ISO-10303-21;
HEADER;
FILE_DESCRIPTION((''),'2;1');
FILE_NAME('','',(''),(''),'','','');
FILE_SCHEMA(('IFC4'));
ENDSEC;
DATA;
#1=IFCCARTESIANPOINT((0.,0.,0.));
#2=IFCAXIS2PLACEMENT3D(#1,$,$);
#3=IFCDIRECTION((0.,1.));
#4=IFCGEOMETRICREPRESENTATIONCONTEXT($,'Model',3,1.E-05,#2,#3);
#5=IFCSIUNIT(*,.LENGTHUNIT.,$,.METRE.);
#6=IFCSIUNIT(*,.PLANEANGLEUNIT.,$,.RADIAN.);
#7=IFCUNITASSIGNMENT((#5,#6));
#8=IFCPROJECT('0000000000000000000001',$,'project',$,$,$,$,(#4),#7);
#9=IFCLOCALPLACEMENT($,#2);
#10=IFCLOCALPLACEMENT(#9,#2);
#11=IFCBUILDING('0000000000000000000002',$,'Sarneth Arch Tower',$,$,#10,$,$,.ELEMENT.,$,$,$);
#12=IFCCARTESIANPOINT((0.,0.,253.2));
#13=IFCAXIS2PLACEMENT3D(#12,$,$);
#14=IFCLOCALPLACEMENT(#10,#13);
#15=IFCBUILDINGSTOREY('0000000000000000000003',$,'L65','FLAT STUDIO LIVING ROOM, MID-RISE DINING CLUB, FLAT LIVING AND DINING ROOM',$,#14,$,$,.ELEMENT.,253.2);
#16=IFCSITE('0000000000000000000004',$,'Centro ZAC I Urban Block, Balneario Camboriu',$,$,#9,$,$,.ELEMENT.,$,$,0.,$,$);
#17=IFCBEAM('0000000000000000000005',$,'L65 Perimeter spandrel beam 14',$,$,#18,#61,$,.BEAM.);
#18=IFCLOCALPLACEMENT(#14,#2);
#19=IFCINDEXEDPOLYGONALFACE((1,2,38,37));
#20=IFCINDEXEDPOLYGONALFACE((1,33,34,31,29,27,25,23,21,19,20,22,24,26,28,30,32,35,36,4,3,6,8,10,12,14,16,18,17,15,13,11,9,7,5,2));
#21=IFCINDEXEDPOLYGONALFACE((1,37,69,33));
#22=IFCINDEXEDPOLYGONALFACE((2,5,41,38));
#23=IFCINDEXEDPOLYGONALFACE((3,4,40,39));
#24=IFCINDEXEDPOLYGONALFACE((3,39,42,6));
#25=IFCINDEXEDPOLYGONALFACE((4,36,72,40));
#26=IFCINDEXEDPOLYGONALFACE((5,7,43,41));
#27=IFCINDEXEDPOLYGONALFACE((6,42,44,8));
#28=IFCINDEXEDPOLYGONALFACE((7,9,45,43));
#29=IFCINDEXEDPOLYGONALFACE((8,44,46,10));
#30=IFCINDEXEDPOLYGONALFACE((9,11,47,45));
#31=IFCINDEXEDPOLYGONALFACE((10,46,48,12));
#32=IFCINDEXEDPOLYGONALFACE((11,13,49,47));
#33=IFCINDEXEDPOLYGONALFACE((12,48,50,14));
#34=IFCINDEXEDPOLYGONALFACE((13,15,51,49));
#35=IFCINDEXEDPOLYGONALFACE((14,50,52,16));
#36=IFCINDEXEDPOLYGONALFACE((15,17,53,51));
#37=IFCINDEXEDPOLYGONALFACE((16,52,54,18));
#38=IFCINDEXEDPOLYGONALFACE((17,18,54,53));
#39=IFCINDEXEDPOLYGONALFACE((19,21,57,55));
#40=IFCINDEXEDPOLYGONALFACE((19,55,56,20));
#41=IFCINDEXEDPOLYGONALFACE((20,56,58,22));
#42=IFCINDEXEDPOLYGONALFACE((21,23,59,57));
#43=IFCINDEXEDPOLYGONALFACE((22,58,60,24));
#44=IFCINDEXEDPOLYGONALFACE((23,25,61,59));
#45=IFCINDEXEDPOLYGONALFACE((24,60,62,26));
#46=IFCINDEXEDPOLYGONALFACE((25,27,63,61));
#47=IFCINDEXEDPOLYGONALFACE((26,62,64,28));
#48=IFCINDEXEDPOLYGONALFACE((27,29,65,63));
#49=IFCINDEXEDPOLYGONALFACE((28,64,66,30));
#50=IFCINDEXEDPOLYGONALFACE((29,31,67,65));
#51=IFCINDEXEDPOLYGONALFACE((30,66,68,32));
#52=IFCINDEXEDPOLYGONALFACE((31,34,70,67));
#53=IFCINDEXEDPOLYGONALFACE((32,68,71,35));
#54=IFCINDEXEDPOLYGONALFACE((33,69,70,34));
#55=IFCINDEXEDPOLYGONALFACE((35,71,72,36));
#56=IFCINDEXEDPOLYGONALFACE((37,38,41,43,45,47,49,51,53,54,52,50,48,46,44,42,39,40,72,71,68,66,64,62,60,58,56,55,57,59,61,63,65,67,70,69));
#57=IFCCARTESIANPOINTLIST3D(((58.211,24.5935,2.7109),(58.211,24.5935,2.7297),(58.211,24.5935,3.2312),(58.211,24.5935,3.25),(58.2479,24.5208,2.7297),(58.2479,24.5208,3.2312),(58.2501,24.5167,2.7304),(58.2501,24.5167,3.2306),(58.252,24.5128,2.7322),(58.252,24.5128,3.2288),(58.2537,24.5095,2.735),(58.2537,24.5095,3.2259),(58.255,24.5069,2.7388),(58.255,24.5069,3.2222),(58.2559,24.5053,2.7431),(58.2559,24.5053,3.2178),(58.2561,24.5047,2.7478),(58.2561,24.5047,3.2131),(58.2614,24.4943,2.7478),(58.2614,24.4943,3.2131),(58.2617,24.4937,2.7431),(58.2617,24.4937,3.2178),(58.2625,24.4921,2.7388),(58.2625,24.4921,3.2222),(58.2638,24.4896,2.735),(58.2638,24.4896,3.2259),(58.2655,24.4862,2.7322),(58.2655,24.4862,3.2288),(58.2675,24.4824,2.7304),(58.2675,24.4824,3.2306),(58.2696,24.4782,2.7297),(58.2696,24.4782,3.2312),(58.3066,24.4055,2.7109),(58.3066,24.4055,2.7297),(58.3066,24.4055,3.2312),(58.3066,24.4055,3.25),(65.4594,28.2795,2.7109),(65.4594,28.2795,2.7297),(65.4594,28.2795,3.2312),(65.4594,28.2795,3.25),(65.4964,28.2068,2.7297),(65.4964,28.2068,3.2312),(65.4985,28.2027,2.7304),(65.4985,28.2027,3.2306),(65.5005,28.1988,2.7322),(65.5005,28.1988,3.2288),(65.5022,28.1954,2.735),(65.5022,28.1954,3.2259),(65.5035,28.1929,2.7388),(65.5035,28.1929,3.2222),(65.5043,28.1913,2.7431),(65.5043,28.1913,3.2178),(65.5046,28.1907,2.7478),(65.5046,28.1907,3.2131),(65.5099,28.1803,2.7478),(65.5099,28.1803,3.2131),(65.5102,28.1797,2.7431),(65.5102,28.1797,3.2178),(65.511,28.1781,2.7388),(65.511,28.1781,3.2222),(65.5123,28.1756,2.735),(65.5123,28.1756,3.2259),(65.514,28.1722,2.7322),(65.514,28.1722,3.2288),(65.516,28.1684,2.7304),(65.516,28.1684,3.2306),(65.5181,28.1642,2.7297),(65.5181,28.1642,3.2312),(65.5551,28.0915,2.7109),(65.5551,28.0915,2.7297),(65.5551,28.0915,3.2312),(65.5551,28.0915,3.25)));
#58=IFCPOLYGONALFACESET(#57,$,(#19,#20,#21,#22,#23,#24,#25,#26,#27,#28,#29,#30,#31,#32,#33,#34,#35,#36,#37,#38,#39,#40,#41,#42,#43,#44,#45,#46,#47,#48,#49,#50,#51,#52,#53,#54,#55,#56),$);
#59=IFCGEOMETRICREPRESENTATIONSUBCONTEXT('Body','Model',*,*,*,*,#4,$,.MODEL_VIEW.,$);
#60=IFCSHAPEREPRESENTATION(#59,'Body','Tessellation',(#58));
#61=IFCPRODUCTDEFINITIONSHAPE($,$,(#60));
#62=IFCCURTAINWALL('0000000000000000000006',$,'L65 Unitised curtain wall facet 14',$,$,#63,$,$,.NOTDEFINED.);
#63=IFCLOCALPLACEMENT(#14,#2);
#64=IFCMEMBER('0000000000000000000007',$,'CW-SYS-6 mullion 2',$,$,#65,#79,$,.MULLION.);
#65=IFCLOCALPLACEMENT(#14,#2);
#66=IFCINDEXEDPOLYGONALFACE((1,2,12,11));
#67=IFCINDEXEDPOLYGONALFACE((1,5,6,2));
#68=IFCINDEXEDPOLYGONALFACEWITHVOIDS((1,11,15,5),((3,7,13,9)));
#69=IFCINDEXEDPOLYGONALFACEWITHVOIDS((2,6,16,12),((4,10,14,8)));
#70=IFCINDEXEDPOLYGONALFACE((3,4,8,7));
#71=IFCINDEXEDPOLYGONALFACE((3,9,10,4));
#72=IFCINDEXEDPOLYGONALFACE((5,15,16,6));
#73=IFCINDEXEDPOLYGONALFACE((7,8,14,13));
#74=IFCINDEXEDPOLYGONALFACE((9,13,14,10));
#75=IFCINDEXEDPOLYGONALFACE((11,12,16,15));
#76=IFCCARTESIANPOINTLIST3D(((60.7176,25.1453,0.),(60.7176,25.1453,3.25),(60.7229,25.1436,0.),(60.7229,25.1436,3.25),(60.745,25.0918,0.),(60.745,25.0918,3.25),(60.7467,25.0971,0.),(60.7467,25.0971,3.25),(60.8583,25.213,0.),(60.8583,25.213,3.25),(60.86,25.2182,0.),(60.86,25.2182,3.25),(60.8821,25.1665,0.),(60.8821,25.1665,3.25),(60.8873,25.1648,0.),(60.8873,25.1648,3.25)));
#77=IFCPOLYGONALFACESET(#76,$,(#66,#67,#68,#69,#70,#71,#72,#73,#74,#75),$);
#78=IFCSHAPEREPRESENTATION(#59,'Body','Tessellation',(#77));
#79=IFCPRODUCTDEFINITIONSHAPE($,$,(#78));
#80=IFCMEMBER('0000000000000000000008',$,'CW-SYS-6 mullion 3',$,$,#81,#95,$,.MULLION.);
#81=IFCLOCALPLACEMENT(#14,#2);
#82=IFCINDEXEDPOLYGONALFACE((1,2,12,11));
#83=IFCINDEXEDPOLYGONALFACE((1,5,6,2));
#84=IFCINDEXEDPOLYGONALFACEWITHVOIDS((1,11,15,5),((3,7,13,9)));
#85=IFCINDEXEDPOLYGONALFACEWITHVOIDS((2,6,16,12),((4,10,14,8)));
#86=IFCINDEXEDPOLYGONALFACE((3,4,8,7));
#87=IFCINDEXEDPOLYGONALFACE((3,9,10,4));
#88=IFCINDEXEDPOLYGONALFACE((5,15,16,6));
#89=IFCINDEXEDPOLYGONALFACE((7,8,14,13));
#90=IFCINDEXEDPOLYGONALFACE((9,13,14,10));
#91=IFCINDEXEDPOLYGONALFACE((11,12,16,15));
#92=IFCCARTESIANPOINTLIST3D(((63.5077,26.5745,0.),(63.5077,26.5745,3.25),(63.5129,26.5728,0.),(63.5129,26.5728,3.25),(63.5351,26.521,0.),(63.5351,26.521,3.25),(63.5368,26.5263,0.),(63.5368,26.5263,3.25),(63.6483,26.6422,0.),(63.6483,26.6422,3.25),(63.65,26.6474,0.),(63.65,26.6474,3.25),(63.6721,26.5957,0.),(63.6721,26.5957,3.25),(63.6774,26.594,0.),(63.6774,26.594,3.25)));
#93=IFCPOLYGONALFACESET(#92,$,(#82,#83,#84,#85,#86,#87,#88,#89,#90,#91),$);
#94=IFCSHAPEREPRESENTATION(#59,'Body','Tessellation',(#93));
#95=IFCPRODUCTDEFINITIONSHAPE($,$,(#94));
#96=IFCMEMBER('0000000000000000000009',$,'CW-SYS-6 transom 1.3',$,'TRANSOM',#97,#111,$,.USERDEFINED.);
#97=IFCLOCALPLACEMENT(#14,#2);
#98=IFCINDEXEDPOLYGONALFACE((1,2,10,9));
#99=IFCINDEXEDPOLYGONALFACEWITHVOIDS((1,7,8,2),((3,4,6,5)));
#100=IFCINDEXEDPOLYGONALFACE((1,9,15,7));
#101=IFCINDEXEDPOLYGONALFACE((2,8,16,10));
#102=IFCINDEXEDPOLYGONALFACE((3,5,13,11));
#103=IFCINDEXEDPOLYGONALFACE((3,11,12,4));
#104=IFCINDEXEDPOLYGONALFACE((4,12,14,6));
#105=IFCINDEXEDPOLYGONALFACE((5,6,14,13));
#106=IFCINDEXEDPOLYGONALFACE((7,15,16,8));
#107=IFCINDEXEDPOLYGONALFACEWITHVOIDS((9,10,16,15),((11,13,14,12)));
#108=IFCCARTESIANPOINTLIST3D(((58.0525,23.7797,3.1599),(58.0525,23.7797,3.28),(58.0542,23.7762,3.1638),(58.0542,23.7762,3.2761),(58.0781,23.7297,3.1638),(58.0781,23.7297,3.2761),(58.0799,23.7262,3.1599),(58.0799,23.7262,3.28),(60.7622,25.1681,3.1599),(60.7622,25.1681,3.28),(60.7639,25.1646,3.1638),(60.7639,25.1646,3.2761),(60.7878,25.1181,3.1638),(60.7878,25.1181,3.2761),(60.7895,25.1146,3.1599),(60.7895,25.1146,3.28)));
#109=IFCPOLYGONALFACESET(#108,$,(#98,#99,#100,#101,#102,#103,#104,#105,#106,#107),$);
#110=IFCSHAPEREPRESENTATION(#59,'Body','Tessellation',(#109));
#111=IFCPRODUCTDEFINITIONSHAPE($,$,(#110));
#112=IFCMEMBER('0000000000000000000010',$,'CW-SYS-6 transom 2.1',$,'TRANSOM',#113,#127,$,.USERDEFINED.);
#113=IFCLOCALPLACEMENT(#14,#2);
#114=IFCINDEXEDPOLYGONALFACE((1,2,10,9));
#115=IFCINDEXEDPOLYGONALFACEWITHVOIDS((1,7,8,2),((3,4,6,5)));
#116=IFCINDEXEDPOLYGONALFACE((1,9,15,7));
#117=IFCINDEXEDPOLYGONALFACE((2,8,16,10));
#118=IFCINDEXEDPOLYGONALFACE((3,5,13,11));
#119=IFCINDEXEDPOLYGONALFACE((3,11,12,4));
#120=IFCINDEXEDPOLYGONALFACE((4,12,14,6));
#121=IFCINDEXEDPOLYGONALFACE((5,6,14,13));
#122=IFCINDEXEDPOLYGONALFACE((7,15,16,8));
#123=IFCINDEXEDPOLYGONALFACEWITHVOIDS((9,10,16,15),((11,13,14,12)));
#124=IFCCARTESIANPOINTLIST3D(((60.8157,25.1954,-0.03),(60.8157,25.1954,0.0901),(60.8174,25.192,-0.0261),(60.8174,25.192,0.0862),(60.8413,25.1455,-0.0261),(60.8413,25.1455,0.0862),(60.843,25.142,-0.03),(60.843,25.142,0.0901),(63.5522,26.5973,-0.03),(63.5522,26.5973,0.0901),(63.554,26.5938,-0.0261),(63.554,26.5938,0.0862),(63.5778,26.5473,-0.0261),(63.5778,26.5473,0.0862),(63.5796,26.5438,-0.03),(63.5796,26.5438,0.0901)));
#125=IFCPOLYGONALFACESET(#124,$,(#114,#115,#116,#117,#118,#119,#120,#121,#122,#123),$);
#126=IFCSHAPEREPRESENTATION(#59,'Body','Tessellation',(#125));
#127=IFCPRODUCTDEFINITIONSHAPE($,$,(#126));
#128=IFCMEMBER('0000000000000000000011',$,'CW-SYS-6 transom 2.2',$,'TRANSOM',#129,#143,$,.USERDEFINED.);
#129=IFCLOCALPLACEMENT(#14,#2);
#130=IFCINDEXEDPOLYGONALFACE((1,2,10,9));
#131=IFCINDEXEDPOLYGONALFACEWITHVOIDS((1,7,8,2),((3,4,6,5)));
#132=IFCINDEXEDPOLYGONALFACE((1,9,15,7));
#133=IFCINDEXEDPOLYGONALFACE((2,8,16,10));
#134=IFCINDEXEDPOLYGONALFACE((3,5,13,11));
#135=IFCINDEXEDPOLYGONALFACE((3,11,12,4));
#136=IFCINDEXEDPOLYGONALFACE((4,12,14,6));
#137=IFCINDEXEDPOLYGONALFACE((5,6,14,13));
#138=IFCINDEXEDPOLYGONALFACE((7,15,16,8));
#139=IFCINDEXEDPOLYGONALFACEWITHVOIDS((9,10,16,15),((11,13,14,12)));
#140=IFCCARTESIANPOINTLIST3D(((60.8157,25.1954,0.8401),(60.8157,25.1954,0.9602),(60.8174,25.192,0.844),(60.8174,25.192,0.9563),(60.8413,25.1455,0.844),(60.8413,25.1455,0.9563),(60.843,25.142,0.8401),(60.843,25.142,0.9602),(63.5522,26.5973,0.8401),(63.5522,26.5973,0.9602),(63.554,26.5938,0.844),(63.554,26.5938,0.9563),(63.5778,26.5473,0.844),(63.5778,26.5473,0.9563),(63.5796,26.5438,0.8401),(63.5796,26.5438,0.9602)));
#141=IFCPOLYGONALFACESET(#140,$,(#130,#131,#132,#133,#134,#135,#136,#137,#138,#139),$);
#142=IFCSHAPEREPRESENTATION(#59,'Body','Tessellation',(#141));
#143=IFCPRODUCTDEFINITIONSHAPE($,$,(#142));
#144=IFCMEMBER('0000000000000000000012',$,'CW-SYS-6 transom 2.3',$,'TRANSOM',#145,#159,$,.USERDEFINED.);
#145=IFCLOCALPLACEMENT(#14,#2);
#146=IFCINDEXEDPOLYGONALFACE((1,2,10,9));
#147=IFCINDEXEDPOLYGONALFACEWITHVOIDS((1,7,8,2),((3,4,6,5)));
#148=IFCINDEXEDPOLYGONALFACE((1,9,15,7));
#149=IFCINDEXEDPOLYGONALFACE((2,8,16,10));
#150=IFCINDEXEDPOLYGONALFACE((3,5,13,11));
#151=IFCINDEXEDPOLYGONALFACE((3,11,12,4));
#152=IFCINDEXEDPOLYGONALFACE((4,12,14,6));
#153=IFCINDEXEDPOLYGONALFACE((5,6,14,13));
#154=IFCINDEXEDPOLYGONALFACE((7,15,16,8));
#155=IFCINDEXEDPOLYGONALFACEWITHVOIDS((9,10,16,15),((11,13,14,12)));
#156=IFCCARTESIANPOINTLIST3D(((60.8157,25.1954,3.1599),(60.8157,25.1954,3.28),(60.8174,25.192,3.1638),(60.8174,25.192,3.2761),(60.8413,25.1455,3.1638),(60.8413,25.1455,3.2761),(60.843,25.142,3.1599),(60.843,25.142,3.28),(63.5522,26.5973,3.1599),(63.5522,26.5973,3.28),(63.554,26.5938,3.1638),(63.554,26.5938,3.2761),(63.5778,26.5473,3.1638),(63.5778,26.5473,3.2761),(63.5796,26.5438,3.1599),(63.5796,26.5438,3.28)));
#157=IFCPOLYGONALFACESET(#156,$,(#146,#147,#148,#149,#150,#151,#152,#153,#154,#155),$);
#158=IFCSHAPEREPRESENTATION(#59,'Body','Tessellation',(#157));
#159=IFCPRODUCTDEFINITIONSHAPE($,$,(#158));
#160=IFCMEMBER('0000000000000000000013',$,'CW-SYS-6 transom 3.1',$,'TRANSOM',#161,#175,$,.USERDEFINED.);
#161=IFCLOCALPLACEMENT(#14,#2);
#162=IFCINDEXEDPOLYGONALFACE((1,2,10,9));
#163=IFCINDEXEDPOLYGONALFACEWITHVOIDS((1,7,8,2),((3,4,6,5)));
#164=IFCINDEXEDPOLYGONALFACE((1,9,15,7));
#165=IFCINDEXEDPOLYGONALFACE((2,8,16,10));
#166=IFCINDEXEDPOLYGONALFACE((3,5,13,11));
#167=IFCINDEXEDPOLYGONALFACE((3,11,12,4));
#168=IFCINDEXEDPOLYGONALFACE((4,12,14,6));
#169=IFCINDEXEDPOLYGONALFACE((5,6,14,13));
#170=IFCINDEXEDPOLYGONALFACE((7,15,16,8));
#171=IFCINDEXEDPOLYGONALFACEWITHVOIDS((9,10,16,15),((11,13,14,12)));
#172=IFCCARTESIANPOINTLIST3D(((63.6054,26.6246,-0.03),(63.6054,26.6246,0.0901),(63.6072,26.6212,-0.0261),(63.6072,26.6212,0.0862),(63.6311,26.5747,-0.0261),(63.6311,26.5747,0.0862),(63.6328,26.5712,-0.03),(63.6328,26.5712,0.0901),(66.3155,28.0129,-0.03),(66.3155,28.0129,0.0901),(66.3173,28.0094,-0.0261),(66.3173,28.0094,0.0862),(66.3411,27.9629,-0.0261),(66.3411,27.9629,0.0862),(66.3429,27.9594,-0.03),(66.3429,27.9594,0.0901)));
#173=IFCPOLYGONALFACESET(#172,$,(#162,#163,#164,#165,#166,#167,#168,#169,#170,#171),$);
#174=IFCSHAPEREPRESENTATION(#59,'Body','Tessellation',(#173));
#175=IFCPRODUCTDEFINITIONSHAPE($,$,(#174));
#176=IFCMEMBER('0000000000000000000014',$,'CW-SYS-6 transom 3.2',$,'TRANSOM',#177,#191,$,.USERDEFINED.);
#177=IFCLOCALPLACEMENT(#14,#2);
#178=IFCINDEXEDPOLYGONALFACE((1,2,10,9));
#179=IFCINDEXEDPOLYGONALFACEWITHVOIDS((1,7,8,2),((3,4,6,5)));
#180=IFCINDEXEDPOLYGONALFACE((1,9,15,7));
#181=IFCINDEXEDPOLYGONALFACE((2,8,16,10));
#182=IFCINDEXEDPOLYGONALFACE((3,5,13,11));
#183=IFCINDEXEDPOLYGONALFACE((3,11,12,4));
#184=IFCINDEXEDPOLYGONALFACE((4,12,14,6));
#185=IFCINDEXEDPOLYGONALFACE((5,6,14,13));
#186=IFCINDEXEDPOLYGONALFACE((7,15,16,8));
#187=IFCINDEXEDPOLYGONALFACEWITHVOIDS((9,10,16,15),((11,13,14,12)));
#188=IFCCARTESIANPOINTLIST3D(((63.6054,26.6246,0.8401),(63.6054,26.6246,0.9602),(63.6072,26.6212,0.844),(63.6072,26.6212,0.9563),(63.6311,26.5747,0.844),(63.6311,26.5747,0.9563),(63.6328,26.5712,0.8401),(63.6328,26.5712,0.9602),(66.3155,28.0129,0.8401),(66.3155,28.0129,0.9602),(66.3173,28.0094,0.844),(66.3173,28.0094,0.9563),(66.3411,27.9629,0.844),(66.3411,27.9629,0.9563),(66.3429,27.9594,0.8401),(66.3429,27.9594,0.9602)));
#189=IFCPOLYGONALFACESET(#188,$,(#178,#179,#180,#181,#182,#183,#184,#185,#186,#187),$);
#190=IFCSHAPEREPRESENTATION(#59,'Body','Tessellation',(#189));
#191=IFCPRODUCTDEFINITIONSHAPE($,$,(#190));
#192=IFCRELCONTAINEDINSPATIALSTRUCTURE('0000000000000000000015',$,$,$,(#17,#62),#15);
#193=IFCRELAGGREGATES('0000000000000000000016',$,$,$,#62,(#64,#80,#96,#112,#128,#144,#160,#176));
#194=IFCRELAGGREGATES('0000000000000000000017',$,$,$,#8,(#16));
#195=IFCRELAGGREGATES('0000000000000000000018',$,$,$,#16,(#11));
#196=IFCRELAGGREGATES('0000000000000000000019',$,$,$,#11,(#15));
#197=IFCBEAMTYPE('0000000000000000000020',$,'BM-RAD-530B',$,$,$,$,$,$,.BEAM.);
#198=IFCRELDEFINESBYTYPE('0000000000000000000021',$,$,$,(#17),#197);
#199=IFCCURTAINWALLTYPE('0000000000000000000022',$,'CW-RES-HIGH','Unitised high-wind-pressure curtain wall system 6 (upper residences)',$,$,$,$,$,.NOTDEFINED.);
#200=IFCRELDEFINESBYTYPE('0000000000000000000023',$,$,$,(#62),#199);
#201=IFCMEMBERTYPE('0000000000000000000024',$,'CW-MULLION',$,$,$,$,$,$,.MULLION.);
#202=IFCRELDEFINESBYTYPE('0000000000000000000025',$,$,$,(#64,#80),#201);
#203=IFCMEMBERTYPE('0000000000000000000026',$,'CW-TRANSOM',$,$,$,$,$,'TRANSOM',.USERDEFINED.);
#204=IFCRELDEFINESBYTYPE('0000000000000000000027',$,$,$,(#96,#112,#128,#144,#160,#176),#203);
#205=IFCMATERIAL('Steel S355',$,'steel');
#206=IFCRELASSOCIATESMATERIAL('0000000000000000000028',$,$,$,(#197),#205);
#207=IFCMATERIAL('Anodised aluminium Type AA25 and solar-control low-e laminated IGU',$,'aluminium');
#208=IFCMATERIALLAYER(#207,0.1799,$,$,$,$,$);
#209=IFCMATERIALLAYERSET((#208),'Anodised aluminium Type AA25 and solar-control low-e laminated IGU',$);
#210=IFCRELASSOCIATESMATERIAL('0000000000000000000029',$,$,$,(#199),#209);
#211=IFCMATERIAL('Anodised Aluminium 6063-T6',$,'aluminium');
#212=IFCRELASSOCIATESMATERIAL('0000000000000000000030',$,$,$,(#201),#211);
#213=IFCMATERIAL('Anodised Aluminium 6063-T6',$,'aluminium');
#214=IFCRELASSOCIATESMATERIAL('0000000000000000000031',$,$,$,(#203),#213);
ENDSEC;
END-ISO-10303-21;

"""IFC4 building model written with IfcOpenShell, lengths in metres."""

from ifc_helpers import new_model, si_unit, direction, frame, origin, origin_2d, place, context, subcontext, project, spatial, hollow_rectangle, i_section, extrude, material, layer, layer_set, material_profile, profile_set, type_object, element, aggregate, save


model = new_model("IFC4")

# Units and contexts
model_context = context("Model", 3, precision=1e-05, world=origin(), true_north=direction((0.0, 1.0)))
body_context = subcontext(model_context, "Body", "Model", "MODEL_VIEW")
ifc_project = project(units=[si_unit("LENGTHUNIT", "METRE"), si_unit("PLANEANGLEUNIT", "RADIAN")], contexts=[model_context])

# Site, building, storey
site_placement = place(None, origin())
site = spatial("IfcSite", under=ifc_project, at=site_placement, Name="Centro ZAC I Urban Block, Balneario Camboriu", CompositionType="ELEMENT", RefElevation=0.0)
building_placement = place(site_placement, origin())
building = spatial("IfcBuilding", under=site, at=building_placement, Name="Sarneth Arch Tower", CompositionType="ELEMENT")
storey_placement = place(building_placement, frame((0.0, 0.0, 253.2)))
storey = spatial("IfcBuildingStorey", under=building, at=storey_placement, Name="L65", Description="FLAT STUDIO LIVING ROOM, MID-RISE DINING CLUB, FLAT LIVING AND DINING ROOM", CompositionType="ELEMENT", Elevation=253.2)

# Beam
ifc_material_1 = material(Name="Steel S355", Category="steel")
ifc_material_profile_1 = material_profile(ifc_material_1, i_section(OverallWidth=0.2109, OverallDepth=0.5391, WebThickness=0.0117, FlangeThickness=0.0188, FilletRadius=0.0181, at=origin_2d()), Name="W530x109")
ifc_profile_set_1 = profile_set([ifc_material_profile_1], Name="Steel S355")
beam_type = type_object("IfcBeamType", Name="BM-RAD-530B", PredefinedType="BEAM", material=ifc_profile_set_1)
beam_placement = place(storey_placement, frame((58.2588, 24.4995, 2.9805), z_axis=(0.891368, 0.45328, 0.0), x_axis=(-0.45328, 0.891368, 0.0)))
element("IfcBeam", 1, at=beam_placement, inside=storey, type_object=beam_type, Name="L65 Perimeter spandrel beam 14", PredefinedType="BEAM", context=body_context, shape_type="SweptSolid", body=[
    extrude(i_section(OverallWidth=0.2109, OverallDepth=0.5391, WebThickness=0.0117, FlangeThickness=0.0188, FilletRadius=0.0181, at=origin_2d()), origin(), (0.0, 0.0, 1.0), 8.1318),
])

# Curtain wall, members
ifc_material_2 = material(Name="Anodised aluminium Type AA25 and solar-control low-e laminated IGU", Category="aluminium")
ifc_layer_1 = layer(ifc_material_2, 0.1799)
ifc_layer_set_1 = layer_set([ifc_layer_1], Name="Anodised aluminium Type AA25 and solar-control low-e laminated IGU")
curtain_wall_type = type_object("IfcCurtainWallType", Name="CW-RES-HIGH", Description="Unitised high-wind-pressure curtain wall system 6 (upper residences)", PredefinedType="NOTDEFINED", material=ifc_layer_set_1)
curtain_wall_placement = place(storey_placement, origin())
curtain_wall = element("IfcCurtainWall", 2, at=curtain_wall_placement, inside=storey, type_object=curtain_wall_type, Name="L65 Unitised curtain wall facet 14", PredefinedType="NOTDEFINED")
ifc_material_3 = material(Name="Anodised Aluminium 6063-T6", Category="aluminium")
ifc_material_profile_2 = material_profile(ifc_material_3, hollow_rectangle(XDim=0.0601, YDim=0.1599, WallThickness=0.0039, at=origin_2d()), Name="AL-MULL-160x60x4")
ifc_profile_set_2 = profile_set([ifc_material_profile_2], Name="Anodised Aluminium 6063-T6")
member_type_1 = type_object("IfcMemberType", Name="CW-MULLION", PredefinedType="MULLION", material=ifc_profile_set_2)
member_1_placement = place(storey_placement, frame((60.8025, 25.155, 0.0), z_axis=(0.0, 0.0, 1.0), x_axis=(-0.455942, 0.89001, 0.0)))
member_1 = element("IfcMember", 3, at=member_1_placement, type_object=member_type_1, Name="CW-SYS-6 mullion 2", PredefinedType="MULLION", context=body_context, shape_type="SweptSolid", body=[
    extrude(hollow_rectangle(XDim=0.0601, YDim=0.1599, WallThickness=0.0039, at=origin_2d()), origin(), (0.0, 0.0, 1.0), 3.25),
])
member_2_placement = place(storey_placement, frame((63.5925, 26.5842, 0.0), z_axis=(0.0, 0.0, 1.0), x_axis=(-0.455942, 0.89001, 0.0)))
member_2 = element("IfcMember", 4, at=member_2_placement, type_object=member_type_1, Name="CW-SYS-6 mullion 3", PredefinedType="MULLION", context=body_context, shape_type="SweptSolid", body=[
    extrude(hollow_rectangle(XDim=0.0601, YDim=0.1599, WallThickness=0.0039, at=origin_2d()), origin(), (0.0, 0.0, 1.0), 3.25),
])
ifc_material_4 = material(Name="Anodised Aluminium 6063-T6", Category="aluminium")
ifc_material_profile_3 = material_profile(ifc_material_4, hollow_rectangle(XDim=0.0601, YDim=0.1201, WallThickness=0.0039, at=origin_2d()), Name="AL-TRAN-120x60x4")
ifc_profile_set_3 = profile_set([ifc_material_profile_3], Name="Anodised Aluminium 6063-T6")
member_type_2 = type_object("IfcMemberType", Name="CW-TRANSOM", ElementType="TRANSOM", PredefinedType="USERDEFINED", material=ifc_profile_set_3)
member_3_placement = place(storey_placement, frame((58.0662, 23.7529, 3.22), z_axis=(0.889974, 0.456012, 0.0), x_axis=(-0.456012, 0.889974, 0.0)))
member_3 = element("IfcMember", 5, at=member_3_placement, type_object=member_type_2, Name="CW-SYS-6 transom 1.3", ObjectType="TRANSOM", PredefinedType="USERDEFINED", context=body_context, shape_type="SweptSolid", body=[
    extrude(hollow_rectangle(XDim=0.0601, YDim=0.1201, WallThickness=0.0039, at=origin_2d()), origin(), (0.0, 0.0, 1.0), 3.0447),
])
member_4_placement = place(storey_placement, frame((60.8293, 25.1687, 0.03), z_axis=(0.890017, 0.455926, 0.0), x_axis=(-0.455926, 0.890017, 0.0)))
member_4 = element("IfcMember", 6, at=member_4_placement, type_object=member_type_2, Name="CW-SYS-6 transom 2.1", ObjectType="TRANSOM", PredefinedType="USERDEFINED", context=body_context, shape_type="SweptSolid", body=[
    extrude(hollow_rectangle(XDim=0.0601, YDim=0.1201, WallThickness=0.0039, at=origin_2d()), origin(), (0.0, 0.0, 1.0), 3.0747),
])
member_5_placement = place(storey_placement, frame((60.8293, 25.1687, 0.9001), z_axis=(0.890017, 0.455926, 0.0), x_axis=(-0.455926, 0.890017, 0.0)))
member_5 = element("IfcMember", 7, at=member_5_placement, type_object=member_type_2, Name="CW-SYS-6 transom 2.2", ObjectType="TRANSOM", PredefinedType="USERDEFINED", context=body_context, shape_type="SweptSolid", body=[
    extrude(hollow_rectangle(XDim=0.0601, YDim=0.1201, WallThickness=0.0039, at=origin_2d()), origin(), (0.0, 0.0, 1.0), 3.0747),
])
member_6_placement = place(storey_placement, frame((60.8293, 25.1687, 3.22), z_axis=(0.890017, 0.455926, 0.0), x_axis=(-0.455926, 0.890017, 0.0)))
member_6 = element("IfcMember", 8, at=member_6_placement, type_object=member_type_2, Name="CW-SYS-6 transom 2.3", ObjectType="TRANSOM", PredefinedType="USERDEFINED", context=body_context, shape_type="SweptSolid", body=[
    extrude(hollow_rectangle(XDim=0.0601, YDim=0.1201, WallThickness=0.0039, at=origin_2d()), origin(), (0.0, 0.0, 1.0), 3.0747),
])
member_7_placement = place(storey_placement, frame((63.6191, 26.5979, 0.03), z_axis=(0.890023, 0.455916, 0.0), x_axis=(-0.455916, 0.890023, 0.0)))
member_7 = element("IfcMember", 9, at=member_7_placement, type_object=member_type_2, Name="CW-SYS-6 transom 3.1", ObjectType="TRANSOM", PredefinedType="USERDEFINED", context=body_context, shape_type="SweptSolid", body=[
    extrude(hollow_rectangle(XDim=0.0601, YDim=0.1201, WallThickness=0.0039, at=origin_2d()), origin(), (0.0, 0.0, 1.0), 3.0449),
])
member_8_placement = place(storey_placement, frame((63.6191, 26.5979, 0.9001), z_axis=(0.890023, 0.455916, 0.0), x_axis=(-0.455916, 0.890023, 0.0)))
member_8 = element("IfcMember", 10, at=member_8_placement, type_object=member_type_2, Name="CW-SYS-6 transom 3.2", ObjectType="TRANSOM", PredefinedType="USERDEFINED", context=body_context, shape_type="SweptSolid", body=[
    extrude(hollow_rectangle(XDim=0.0601, YDim=0.1201, WallThickness=0.0039, at=origin_2d()), origin(), (0.0, 0.0, 1.0), 3.0449),
])
aggregate(curtain_wall, [member_1, member_2, member_3, member_4, member_5, member_6, member_7, member_8])

save(model, "model.ifc")
